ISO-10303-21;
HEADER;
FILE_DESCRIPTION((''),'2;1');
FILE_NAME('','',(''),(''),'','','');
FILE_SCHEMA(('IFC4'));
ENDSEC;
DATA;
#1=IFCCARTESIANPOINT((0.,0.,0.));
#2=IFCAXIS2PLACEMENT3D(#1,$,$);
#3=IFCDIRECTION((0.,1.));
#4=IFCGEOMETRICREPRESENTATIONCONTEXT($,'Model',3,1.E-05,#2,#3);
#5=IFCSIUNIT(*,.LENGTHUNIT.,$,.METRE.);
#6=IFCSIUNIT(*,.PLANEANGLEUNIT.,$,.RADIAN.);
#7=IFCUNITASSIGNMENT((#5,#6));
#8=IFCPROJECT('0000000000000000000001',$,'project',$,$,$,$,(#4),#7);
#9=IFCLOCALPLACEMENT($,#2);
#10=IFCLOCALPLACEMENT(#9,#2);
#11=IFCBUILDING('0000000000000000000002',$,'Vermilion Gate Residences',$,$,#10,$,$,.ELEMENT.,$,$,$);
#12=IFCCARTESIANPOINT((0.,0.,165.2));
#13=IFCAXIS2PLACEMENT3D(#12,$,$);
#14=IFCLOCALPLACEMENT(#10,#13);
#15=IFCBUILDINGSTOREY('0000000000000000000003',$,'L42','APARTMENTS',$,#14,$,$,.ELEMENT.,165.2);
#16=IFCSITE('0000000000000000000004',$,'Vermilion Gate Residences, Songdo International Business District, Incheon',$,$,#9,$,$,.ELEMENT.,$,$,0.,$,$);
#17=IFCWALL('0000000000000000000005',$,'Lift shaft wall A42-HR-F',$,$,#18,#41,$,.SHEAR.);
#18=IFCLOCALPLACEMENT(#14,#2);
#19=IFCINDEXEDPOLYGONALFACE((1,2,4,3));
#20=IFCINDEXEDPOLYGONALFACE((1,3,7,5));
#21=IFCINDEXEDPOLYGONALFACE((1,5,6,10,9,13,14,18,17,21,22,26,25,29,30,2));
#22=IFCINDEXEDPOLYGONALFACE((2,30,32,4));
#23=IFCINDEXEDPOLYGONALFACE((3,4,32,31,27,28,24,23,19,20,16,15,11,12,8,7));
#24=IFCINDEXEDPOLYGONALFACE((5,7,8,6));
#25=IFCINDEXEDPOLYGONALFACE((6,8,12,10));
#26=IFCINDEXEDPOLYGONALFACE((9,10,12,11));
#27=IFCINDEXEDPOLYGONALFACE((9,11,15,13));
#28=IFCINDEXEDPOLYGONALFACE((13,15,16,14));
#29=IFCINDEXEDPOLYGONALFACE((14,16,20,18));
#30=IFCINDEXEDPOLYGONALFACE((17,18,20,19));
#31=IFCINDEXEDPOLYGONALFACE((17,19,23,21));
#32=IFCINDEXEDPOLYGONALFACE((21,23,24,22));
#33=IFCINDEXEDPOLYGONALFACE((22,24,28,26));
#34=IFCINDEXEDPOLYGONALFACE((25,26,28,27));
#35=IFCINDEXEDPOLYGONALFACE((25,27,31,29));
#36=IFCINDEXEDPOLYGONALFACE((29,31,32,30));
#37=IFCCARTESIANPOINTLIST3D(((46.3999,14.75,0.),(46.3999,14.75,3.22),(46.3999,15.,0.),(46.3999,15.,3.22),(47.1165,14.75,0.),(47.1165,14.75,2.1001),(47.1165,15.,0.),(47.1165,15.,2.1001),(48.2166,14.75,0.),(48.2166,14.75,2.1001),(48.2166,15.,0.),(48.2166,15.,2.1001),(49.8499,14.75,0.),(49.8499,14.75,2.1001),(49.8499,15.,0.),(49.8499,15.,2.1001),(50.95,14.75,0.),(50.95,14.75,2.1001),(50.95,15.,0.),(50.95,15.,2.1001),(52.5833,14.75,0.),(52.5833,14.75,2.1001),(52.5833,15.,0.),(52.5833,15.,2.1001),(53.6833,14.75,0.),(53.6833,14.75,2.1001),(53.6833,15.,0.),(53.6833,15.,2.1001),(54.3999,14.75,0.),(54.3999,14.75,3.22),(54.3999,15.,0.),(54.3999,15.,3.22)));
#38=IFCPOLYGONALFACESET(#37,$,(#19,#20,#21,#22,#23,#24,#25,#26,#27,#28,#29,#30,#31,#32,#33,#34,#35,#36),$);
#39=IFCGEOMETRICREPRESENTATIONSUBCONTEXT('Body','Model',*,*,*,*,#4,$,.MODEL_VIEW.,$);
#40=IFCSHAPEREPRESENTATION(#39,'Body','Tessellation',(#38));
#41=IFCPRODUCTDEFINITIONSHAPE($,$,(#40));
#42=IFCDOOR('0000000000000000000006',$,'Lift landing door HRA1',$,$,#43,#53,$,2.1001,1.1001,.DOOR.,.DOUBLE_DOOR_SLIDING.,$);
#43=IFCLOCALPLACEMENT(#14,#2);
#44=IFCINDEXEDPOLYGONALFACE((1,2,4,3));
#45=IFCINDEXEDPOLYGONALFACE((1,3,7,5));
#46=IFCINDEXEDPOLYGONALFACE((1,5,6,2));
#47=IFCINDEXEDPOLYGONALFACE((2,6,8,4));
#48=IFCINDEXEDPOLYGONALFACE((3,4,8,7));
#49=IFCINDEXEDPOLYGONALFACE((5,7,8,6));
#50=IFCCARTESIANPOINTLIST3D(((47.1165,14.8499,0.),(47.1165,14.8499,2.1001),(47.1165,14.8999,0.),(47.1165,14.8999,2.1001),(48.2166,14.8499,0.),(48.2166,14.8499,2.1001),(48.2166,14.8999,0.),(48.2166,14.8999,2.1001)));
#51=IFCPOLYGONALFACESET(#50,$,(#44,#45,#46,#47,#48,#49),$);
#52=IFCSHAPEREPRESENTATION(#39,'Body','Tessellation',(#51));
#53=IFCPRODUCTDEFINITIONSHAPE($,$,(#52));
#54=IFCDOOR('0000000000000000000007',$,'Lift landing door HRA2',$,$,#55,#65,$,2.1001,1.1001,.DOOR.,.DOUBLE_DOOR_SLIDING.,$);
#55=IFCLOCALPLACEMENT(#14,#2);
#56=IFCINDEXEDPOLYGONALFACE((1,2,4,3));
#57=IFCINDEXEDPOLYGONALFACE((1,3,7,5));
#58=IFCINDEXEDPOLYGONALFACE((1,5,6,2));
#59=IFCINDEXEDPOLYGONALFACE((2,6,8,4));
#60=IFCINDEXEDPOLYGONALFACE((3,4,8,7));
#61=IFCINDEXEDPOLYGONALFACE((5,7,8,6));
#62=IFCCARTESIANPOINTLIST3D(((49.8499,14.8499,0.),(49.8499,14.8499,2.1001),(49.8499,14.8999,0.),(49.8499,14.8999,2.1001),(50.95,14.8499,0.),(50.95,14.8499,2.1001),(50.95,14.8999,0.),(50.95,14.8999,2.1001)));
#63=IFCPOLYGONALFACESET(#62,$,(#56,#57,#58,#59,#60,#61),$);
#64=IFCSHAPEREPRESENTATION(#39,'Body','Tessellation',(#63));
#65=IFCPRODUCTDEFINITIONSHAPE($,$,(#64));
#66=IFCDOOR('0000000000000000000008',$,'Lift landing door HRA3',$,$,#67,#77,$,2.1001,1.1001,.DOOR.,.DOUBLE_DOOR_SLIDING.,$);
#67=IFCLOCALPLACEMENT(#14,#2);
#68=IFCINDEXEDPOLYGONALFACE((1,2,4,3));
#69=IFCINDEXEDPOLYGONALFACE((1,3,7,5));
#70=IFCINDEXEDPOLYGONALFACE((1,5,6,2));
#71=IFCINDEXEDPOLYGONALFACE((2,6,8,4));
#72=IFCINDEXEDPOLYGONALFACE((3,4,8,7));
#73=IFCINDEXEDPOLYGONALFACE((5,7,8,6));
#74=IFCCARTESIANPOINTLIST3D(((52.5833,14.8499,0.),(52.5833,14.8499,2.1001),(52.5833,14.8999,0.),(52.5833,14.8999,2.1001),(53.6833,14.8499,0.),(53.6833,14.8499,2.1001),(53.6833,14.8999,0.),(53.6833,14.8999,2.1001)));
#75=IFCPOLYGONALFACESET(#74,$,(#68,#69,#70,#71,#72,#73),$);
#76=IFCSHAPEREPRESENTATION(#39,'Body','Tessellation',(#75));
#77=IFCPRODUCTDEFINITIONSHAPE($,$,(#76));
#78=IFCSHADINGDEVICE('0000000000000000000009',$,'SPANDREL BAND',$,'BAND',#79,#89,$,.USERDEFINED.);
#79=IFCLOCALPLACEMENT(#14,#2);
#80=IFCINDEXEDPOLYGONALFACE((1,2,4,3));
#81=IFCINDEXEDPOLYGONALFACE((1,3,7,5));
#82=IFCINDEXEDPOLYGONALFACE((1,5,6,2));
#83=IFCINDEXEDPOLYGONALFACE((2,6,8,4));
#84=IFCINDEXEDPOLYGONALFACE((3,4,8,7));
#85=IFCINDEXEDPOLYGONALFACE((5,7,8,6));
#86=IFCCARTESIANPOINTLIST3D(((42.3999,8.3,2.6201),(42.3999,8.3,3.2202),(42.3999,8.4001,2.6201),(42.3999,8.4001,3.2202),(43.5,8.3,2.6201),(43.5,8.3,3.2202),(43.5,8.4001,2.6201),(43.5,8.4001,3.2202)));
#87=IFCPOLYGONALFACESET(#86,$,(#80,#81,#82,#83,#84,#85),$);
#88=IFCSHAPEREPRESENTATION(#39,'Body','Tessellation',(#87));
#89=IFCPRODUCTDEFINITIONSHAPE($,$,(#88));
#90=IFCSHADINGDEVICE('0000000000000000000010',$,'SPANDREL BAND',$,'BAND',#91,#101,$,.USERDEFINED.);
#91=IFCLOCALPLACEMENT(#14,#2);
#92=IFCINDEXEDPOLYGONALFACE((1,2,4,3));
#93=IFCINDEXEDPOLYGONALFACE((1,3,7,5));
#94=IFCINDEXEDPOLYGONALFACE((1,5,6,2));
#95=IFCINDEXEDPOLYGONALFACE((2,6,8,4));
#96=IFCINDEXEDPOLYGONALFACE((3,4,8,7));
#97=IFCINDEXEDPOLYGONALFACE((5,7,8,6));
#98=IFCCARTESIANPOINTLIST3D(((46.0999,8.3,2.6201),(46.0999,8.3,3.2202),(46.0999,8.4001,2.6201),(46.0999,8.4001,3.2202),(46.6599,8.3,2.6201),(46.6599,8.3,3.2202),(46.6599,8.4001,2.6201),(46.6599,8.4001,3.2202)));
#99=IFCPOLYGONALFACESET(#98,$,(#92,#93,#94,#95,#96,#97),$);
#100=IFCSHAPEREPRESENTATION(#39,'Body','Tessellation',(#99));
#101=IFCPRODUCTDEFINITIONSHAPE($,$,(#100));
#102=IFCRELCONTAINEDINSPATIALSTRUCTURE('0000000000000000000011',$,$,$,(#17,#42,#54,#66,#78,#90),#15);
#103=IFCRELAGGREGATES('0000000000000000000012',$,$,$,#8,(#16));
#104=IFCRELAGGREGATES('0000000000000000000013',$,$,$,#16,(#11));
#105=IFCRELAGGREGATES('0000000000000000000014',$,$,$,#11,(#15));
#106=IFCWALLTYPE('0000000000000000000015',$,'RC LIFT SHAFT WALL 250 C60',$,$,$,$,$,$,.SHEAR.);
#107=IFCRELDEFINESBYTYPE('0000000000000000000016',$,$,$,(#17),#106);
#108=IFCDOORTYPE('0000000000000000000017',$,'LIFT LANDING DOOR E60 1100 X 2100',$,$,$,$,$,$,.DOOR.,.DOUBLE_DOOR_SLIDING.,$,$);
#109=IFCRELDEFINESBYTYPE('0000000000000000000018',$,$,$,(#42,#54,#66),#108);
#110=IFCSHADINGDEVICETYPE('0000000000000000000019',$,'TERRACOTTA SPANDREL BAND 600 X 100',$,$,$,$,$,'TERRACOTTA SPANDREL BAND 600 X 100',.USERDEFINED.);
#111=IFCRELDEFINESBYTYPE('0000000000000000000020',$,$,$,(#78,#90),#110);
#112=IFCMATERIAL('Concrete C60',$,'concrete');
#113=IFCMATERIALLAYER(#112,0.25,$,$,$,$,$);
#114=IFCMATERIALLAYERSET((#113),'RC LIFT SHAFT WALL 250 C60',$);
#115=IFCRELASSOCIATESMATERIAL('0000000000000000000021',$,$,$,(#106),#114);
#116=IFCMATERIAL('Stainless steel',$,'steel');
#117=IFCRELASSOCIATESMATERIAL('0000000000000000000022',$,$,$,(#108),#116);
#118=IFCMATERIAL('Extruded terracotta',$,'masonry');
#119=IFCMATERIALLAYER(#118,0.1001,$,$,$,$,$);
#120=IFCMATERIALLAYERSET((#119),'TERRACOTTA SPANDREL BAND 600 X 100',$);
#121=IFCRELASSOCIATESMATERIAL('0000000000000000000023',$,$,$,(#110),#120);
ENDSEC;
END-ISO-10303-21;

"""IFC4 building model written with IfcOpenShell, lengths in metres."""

from ifc_helpers import new_model, si_unit, direction, frame, frame_2d, origin, origin_2d, place, context, subcontext, project, spatial, rectangle, extrude, material, layer, layer_set, type_object, element, fill, save


model = new_model("IFC4")

# Units and contexts
model_context = context("Model", 3, precision=1e-05, world=origin(), true_north=direction((0.0, 1.0)))
body_context = subcontext(model_context, "Body", "Model", "MODEL_VIEW")
ifc_project = project(units=[si_unit("LENGTHUNIT", "METRE"), si_unit("PLANEANGLEUNIT", "RADIAN")], contexts=[model_context])

# Site, building, storey
site_placement = place(None, origin())
site = spatial("IfcSite", under=ifc_project, at=site_placement, Name="Vermilion Gate Residences, Songdo International Business District, Incheon", CompositionType="ELEMENT", RefElevation=0.0)
building_placement = place(site_placement, origin())
building = spatial("IfcBuilding", under=site, at=building_placement, Name="Vermilion Gate Residences", CompositionType="ELEMENT")
storey_placement = place(building_placement, frame((0.0, 0.0, 165.2)))
storey = spatial("IfcBuildingStorey", under=building, at=storey_placement, Name="L42", Description="APARTMENTS", CompositionType="ELEMENT", Elevation=165.2)

# Wall, openings, doors
ifc_material_1 = material(Name="Concrete C60", Category="concrete")
ifc_layer_1 = layer(ifc_material_1, 0.25)
ifc_layer_set_1 = layer_set([ifc_layer_1], Name="RC LIFT SHAFT WALL 250 C60")
wall_type_1 = type_object("IfcWallType", Name="RC LIFT SHAFT WALL 250 C60", PredefinedType="SHEAR", material=ifc_layer_set_1)
wall_1_placement = place(storey_placement, frame((46.3999, 14.875, 0.0), z_axis=(0.0, 0.0, 1.0), x_axis=(1.0, 0.0, 0.0)))
wall_1 = element("IfcWall", 1, at=wall_1_placement, inside=storey, type_object=wall_type_1, Name="Lift shaft wall A42-HR-F", PredefinedType="SHEAR", context=body_context, shape_type="SweptSolid", body=[
    extrude(rectangle(XDim=8.0, YDim=0.25, at=frame_2d((4.0, 0.0))), origin(), (0.0, 0.0, 1.0), 3.22),
])
opening_1_placement = place(wall_1_placement, frame((0.7166, 0.0, 0.0)))
opening_1 = element("IfcOpeningElement", 2, at=opening_1_placement, cuts=wall_1, PredefinedType="OPENING", context=body_context, shape_type="SweptSolid", body=[
    extrude(rectangle(XDim=1.1001, YDim=2.1001, at=frame_2d((0.55, 1.05))), frame((0.0, 0.135, 0.0), z_axis=(0.0, -1.0, 0.0), x_axis=(1.0, 0.0, 0.0)), (0.0, 0.0, 1.0), 0.27),
])
opening_2_placement = place(wall_1_placement, frame((3.45, 0.0, 0.0)))
opening_2 = element("IfcOpeningElement", 3, at=opening_2_placement, cuts=wall_1, PredefinedType="OPENING", context=body_context, shape_type="SweptSolid", body=[
    extrude(rectangle(XDim=1.1001, YDim=2.1001, at=frame_2d((0.55, 1.05))), frame((0.0, 0.135, 0.0), z_axis=(0.0, -1.0, 0.0), x_axis=(1.0, 0.0, 0.0)), (0.0, 0.0, 1.0), 0.27),
])
opening_3_placement = place(wall_1_placement, frame((6.1833, 0.0, 0.0)))
opening_3 = element("IfcOpeningElement", 4, at=opening_3_placement, cuts=wall_1, PredefinedType="OPENING", context=body_context, shape_type="SweptSolid", body=[
    extrude(rectangle(XDim=1.1001, YDim=2.1001, at=frame_2d((0.55, 1.05))), frame((0.0, 0.135, 0.0), z_axis=(0.0, -1.0, 0.0), x_axis=(1.0, 0.0, 0.0)), (0.0, 0.0, 1.0), 0.27),
])
ifc_material_2 = material(Name="Stainless steel", Category="steel")
door_type_1 = type_object("IfcDoorType", Name="LIFT LANDING DOOR E60 1100 X 2100", OperationType="DOUBLE_DOOR_SLIDING", PredefinedType="DOOR", material=ifc_material_2)
door_1_placement = place(opening_1_placement, origin())
door_1 = element("IfcDoor", 5, at=door_1_placement, inside=storey, type_object=door_type_1, Name="Lift landing door HRA1", OperationType="DOUBLE_DOOR_SLIDING", OverallHeight=2.1001, OverallWidth=1.1001, PredefinedType="DOOR", context=body_context, shape_type="SweptSolid", body=[
    extrude(rectangle(XDim=1.1001, YDim=2.1001, at=frame_2d((0.55, 1.05))), frame((0.0, 0.0249, 0.0), z_axis=(0.0, -1.0, 0.0), x_axis=(1.0, 0.0, 0.0)), (0.0, 0.0, 1.0), 0.05),
])
fill(opening_1, door_1)
door_2_placement = place(opening_2_placement, origin())
door_2 = element("IfcDoor", 6, at=door_2_placement, inside=storey, type_object=door_type_1, Name="Lift landing door HRA2", OperationType="DOUBLE_DOOR_SLIDING", OverallHeight=2.1001, OverallWidth=1.1001, PredefinedType="DOOR", context=body_context, shape_type="SweptSolid", body=[
    extrude(rectangle(XDim=1.1001, YDim=2.1001, at=frame_2d((0.55, 1.05))), frame((0.0, 0.0249, 0.0), z_axis=(0.0, -1.0, 0.0), x_axis=(1.0, 0.0, 0.0)), (0.0, 0.0, 1.0), 0.05),
])
fill(opening_2, door_2)
door_3_placement = place(opening_3_placement, origin())
door_3 = element("IfcDoor", 7, at=door_3_placement, inside=storey, type_object=door_type_1, Name="Lift landing door HRA3", OperationType="DOUBLE_DOOR_SLIDING", OverallHeight=2.1001, OverallWidth=1.1001, PredefinedType="DOOR", context=body_context, shape_type="SweptSolid", body=[
    extrude(rectangle(XDim=1.1001, YDim=2.1001, at=frame_2d((0.55, 1.05))), frame((0.0, 0.0249, 0.0), z_axis=(0.0, -1.0, 0.0), x_axis=(1.0, 0.0, 0.0)), (0.0, 0.0, 1.0), 0.05),
])
fill(opening_3, door_3)

# Shading devices
ifc_material_3 = material(Name="Extruded terracotta", Category="masonry")
ifc_layer_2 = layer(ifc_material_3, 0.1001)
ifc_layer_set_2 = layer_set([ifc_layer_2], Name="TERRACOTTA SPANDREL BAND 600 X 100")
shading_device_type = type_object("IfcShadingDeviceType", Name="TERRACOTTA SPANDREL BAND 600 X 100", ElementType="TERRACOTTA SPANDREL BAND 600 X 100", PredefinedType="USERDEFINED", material=ifc_layer_set_2)
shading_device_1_placement = place(storey_placement, frame((42.95, 8.3501, 2.6201), z_axis=(0.0, 0.0, 1.0), x_axis=(1.0, 0.0, 0.0)))
element("IfcShadingDevice", 8, at=shading_device_1_placement, inside=storey, type_object=shading_device_type, Name="SPANDREL BAND", ObjectType="BAND", PredefinedType="USERDEFINED", context=body_context, shape_type="SweptSolid", body=[
    extrude(rectangle(XDim=1.1001, YDim=0.1001, at=origin_2d()), origin(), (0.0, 0.0, 1.0), 0.6001),
])
shading_device_2_placement = place(storey_placement, frame((46.3799, 8.3501, 2.6201), z_axis=(0.0, 0.0, 1.0), x_axis=(1.0, 0.0, 0.0)))
element("IfcShadingDevice", 9, at=shading_device_2_placement, inside=storey, type_object=shading_device_type, Name="SPANDREL BAND", ObjectType="BAND", PredefinedType="USERDEFINED", context=body_context, shape_type="SweptSolid", body=[
    extrude(rectangle(XDim=0.5601, YDim=0.1001, at=origin_2d()), origin(), (0.0, 0.0, 1.0), 0.6001),
])

save(model, "model.ifc")
